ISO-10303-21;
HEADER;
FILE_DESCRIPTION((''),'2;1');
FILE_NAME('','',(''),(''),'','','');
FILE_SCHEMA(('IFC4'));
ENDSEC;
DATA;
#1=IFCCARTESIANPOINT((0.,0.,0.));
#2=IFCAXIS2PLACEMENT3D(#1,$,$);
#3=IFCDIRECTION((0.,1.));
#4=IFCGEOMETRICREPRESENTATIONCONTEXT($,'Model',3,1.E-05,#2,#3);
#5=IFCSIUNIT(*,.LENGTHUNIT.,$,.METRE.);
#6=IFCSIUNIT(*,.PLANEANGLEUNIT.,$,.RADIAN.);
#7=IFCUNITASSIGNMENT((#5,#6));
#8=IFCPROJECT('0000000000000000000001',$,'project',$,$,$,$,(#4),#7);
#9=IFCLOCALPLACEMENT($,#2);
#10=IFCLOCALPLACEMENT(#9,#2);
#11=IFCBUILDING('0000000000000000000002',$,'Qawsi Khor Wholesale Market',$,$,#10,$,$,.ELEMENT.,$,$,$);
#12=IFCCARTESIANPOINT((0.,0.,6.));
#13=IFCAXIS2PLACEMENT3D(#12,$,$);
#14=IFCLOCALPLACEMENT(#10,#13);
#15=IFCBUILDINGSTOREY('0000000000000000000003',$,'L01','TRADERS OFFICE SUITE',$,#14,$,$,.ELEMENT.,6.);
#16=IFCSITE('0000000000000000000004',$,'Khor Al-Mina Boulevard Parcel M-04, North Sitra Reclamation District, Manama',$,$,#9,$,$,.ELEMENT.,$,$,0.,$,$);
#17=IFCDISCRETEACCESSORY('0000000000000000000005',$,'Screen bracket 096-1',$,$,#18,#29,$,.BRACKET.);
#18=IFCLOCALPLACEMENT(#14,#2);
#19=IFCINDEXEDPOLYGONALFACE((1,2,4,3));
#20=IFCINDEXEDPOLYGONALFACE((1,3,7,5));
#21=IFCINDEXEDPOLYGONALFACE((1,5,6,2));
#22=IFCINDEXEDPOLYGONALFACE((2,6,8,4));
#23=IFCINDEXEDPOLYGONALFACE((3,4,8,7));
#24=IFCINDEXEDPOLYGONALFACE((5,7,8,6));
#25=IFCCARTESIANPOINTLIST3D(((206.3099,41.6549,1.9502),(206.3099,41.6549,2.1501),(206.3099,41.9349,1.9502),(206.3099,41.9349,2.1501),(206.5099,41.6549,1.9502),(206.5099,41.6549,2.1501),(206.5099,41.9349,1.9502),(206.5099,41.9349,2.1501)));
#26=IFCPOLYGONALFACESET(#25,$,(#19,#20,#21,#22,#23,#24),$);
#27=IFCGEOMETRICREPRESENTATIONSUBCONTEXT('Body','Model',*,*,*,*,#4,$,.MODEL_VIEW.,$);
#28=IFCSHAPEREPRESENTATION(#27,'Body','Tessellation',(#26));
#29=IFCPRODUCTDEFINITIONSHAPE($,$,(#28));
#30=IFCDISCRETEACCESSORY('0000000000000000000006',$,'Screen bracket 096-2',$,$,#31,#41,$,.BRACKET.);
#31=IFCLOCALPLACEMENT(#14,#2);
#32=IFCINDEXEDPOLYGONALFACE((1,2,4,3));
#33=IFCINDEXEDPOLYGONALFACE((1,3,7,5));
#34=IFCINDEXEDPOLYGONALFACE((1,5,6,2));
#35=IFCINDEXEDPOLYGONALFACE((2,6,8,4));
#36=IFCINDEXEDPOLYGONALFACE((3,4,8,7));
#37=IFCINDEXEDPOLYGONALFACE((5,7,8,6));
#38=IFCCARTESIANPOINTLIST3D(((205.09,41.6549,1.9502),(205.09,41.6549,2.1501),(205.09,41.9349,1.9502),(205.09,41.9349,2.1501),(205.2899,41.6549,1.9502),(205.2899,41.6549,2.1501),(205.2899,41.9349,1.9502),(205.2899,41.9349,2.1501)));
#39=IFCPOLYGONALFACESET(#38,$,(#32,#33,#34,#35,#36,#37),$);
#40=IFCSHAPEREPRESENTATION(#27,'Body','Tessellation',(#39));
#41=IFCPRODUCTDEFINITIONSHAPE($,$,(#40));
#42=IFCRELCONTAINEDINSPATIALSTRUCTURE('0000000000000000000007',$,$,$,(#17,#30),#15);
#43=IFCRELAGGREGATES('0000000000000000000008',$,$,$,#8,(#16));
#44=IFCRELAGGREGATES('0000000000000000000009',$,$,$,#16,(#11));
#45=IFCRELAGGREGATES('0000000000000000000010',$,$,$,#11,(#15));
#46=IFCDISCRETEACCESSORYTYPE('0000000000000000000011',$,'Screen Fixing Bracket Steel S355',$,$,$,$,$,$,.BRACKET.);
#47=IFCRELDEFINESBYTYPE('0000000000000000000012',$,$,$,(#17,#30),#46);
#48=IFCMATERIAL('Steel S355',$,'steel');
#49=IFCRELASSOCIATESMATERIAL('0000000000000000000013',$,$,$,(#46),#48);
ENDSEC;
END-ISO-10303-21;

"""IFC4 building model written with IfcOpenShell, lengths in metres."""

from ifc_helpers import new_model, si_unit, direction, frame, origin, origin_2d, place, context, subcontext, project, spatial, rectangle, extrude, material, type_object, element, save


model = new_model("IFC4")

# Units and contexts
model_context = context("Model", 3, precision=1e-05, world=origin(), true_north=direction((0.0, 1.0)))
body_context = subcontext(model_context, "Body", "Model", "MODEL_VIEW")
ifc_project = project(units=[si_unit("LENGTHUNIT", "METRE"), si_unit("PLANEANGLEUNIT", "RADIAN")], contexts=[model_context])

# Site, building, storey
site_placement = place(None, origin())
site = spatial("IfcSite", under=ifc_project, at=site_placement, Name="Khor Al-Mina Boulevard Parcel M-04, North Sitra Reclamation District, Manama", CompositionType="ELEMENT", RefElevation=0.0)
building_placement = place(site_placement, origin())
building = spatial("IfcBuilding", under=site, at=building_placement, Name="Qawsi Khor Wholesale Market", CompositionType="ELEMENT")
storey_placement = place(building_placement, frame((0.0, 0.0, 6.0)))
storey = spatial("IfcBuildingStorey", under=building, at=storey_placement, Name="L01", Description="TRADERS OFFICE SUITE", CompositionType="ELEMENT", Elevation=6.0)

# Shared definitions
ifc_material_1 = material(Name="Steel S355", Category="steel")

# Discrete accessories
discrete_accessory_type = type_object("IfcDiscreteAccessoryType", Name="Screen Fixing Bracket Steel S355", PredefinedType="BRACKET", material=ifc_material_1)
for number, where, z_axis, x_axis, name in (
    (1, (206.4099, 41.7949, 1.9502), (0.0, 0.0, 1.0), (1.0, 0.0, 0.0), "Screen bracket 096-1"),
    (2, (205.1899, 41.7949, 1.9502), (0.0, 0.0, 1.0), (1.0, 0.0, 0.0), "Screen bracket 096-2"),
):
    element("IfcDiscreteAccessory", number, at=place(storey_placement, frame(where, z_axis=z_axis, x_axis=x_axis)), inside=storey, type_object=discrete_accessory_type, Name=name, PredefinedType="BRACKET", context=body_context, shape_type="SweptSolid", body=[
        extrude(rectangle(XDim=0.2, YDim=0.28, at=origin_2d()), origin(), (0.0, 0.0, 1.0), 0.2),
    ])

save(model, "model.ifc")
